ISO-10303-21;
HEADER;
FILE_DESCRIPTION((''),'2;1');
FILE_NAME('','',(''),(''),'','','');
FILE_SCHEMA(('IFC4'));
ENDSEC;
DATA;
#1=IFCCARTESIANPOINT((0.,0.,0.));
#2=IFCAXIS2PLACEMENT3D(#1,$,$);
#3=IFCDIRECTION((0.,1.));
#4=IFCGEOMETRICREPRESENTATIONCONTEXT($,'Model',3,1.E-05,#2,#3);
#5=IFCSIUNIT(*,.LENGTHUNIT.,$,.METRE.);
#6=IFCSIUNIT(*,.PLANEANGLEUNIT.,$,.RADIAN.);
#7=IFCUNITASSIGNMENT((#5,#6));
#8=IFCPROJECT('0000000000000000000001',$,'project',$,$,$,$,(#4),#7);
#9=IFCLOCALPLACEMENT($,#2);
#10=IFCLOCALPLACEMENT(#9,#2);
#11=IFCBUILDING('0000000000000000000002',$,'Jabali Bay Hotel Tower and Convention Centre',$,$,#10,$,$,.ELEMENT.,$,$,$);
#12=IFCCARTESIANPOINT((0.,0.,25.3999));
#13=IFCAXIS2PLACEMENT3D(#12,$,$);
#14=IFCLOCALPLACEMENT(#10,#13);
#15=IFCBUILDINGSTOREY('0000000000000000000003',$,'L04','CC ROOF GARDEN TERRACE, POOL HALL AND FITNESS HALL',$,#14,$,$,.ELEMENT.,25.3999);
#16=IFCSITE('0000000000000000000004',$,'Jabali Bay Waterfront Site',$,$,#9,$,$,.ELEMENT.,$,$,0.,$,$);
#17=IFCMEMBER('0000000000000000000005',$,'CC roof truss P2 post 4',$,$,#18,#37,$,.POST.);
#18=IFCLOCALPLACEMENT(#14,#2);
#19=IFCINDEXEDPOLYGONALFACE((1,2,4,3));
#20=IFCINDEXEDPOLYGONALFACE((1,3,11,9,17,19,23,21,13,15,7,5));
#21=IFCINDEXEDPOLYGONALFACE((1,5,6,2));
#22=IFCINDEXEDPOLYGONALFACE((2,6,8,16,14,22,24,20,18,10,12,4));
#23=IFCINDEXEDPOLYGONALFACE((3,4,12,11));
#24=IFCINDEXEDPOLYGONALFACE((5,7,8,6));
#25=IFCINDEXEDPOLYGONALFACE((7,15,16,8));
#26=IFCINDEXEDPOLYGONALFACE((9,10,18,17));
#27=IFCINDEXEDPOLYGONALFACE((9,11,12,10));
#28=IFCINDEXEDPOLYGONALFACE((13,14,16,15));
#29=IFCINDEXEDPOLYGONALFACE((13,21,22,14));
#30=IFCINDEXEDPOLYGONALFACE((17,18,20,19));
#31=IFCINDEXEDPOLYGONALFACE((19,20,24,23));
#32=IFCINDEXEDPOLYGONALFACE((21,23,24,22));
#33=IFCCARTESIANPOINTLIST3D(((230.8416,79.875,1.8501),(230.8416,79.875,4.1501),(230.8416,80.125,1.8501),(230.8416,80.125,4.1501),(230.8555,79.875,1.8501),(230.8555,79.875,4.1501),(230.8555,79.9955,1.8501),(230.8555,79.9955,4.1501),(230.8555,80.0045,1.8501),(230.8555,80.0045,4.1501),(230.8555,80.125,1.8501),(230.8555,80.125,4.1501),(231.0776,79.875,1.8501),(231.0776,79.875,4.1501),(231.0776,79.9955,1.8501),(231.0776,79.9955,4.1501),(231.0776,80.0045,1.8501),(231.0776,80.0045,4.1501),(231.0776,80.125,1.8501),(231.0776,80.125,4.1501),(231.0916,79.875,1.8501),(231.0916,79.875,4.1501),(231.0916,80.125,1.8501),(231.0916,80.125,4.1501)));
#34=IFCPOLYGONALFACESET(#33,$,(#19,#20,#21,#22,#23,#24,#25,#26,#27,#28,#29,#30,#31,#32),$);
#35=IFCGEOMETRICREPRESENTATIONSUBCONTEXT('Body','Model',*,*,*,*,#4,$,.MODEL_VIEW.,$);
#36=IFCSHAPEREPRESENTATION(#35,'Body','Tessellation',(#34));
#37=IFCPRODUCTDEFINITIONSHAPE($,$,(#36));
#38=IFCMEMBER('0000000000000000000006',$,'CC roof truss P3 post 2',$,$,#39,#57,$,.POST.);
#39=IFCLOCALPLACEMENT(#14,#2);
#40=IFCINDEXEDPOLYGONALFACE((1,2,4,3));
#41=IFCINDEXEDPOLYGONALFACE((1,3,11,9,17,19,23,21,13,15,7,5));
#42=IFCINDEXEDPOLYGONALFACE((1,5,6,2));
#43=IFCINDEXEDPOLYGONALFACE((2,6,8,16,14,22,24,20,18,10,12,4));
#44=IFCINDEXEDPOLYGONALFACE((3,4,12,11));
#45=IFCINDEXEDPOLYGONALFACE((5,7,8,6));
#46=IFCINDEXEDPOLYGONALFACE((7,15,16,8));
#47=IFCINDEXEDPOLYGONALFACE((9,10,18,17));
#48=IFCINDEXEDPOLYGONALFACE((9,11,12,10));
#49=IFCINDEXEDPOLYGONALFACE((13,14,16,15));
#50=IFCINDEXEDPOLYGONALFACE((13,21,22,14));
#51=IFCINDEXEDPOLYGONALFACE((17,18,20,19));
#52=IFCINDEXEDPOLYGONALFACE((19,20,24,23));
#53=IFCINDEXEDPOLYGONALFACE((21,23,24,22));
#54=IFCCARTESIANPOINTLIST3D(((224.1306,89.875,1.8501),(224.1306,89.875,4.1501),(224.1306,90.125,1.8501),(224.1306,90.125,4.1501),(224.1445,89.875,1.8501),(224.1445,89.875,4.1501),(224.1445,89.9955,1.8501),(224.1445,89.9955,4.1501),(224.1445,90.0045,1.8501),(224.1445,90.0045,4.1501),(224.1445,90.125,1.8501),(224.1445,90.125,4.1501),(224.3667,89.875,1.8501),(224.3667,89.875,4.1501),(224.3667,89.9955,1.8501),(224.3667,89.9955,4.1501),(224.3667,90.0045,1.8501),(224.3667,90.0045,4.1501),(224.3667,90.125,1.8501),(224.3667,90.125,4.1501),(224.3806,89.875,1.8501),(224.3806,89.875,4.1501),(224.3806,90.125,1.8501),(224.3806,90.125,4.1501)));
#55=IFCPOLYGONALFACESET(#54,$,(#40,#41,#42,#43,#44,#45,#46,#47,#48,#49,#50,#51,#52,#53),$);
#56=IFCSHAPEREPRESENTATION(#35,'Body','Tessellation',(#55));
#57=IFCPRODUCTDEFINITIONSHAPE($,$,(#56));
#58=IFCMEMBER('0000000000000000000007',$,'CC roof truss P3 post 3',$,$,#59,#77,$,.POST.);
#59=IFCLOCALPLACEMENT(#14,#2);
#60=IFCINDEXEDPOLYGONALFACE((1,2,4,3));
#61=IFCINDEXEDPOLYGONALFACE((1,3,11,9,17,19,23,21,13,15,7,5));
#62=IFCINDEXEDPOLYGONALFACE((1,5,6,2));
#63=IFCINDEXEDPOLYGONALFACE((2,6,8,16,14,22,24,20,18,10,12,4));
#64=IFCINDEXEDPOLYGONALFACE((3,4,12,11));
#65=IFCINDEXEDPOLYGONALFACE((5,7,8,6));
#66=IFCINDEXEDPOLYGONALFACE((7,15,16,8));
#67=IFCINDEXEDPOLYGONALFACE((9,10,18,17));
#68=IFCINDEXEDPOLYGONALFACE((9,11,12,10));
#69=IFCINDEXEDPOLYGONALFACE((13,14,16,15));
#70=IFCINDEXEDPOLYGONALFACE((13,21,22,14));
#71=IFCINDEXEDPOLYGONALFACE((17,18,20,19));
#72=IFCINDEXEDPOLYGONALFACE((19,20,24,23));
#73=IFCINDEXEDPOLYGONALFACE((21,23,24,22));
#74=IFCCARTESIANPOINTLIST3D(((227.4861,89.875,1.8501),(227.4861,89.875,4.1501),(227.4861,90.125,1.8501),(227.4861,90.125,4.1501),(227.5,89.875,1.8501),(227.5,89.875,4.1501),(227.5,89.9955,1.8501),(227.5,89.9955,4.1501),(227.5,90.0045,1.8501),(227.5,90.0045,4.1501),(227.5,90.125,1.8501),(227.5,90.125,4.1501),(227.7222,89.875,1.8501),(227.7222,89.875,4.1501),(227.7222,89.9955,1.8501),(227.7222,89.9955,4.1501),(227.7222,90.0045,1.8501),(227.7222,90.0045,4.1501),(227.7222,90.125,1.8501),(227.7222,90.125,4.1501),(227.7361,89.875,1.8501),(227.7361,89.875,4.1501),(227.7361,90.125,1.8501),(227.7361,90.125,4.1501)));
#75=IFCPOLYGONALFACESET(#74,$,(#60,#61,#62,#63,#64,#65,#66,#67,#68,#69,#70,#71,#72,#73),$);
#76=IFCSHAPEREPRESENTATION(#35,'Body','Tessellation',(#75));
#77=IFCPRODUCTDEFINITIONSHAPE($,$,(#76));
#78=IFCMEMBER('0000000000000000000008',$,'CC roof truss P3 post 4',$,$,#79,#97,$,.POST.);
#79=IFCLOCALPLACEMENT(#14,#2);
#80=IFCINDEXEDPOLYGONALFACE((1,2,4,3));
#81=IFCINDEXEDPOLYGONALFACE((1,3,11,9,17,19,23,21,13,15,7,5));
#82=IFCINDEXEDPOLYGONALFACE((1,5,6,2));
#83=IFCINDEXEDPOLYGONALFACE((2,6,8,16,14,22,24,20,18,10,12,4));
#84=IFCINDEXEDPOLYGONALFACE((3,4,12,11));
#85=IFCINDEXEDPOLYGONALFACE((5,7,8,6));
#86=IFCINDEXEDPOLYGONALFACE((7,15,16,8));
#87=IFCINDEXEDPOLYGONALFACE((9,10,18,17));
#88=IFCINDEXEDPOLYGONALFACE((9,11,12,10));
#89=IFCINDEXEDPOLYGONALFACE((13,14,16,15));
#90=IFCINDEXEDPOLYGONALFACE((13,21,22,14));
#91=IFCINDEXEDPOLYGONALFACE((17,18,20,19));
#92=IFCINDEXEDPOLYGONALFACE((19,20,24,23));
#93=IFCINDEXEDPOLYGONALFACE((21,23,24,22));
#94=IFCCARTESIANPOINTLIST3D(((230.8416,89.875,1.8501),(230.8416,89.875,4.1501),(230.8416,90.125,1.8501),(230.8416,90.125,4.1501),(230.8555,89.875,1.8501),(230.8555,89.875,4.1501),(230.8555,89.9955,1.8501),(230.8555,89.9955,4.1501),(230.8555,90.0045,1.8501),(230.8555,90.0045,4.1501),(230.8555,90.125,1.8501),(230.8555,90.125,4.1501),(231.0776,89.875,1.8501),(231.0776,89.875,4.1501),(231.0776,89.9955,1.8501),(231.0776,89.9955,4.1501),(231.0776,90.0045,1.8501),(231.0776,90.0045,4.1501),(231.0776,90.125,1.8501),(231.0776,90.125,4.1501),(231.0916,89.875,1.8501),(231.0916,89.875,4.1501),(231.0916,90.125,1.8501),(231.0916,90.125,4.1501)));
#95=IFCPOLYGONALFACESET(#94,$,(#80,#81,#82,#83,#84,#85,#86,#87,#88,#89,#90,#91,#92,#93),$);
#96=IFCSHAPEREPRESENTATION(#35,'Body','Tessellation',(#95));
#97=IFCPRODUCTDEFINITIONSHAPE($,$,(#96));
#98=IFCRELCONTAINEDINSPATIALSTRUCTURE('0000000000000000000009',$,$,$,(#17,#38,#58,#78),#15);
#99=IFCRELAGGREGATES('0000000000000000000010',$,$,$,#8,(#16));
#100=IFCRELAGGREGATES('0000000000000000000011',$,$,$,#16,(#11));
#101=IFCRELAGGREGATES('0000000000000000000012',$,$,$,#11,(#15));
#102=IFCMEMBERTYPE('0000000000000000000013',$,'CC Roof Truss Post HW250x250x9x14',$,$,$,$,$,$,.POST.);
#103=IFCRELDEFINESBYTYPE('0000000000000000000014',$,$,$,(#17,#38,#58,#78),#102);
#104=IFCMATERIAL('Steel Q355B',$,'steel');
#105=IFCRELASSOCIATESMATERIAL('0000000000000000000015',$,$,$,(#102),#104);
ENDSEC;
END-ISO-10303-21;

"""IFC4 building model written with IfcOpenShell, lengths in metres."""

from ifc_helpers import new_model, si_unit, direction, frame, origin, origin_2d, place, context, subcontext, project, spatial, i_section, extrude, material, material_profile, profile_set, type_object, element, save


model = new_model("IFC4")

# Units and contexts
model_context = context("Model", 3, precision=1e-05, world=origin(), true_north=direction((0.0, 1.0)))
body_context = subcontext(model_context, "Body", "Model", "MODEL_VIEW")
ifc_project = project(units=[si_unit("LENGTHUNIT", "METRE"), si_unit("PLANEANGLEUNIT", "RADIAN")], contexts=[model_context])

# Site, building, storey
site_placement = place(None, origin())
site = spatial("IfcSite", under=ifc_project, at=site_placement, Name="Jabali Bay Waterfront Site", CompositionType="ELEMENT", RefElevation=0.0)
building_placement = place(site_placement, origin())
building = spatial("IfcBuilding", under=site, at=building_placement, Name="Jabali Bay Hotel Tower and Convention Centre", CompositionType="ELEMENT")
storey_placement = place(building_placement, frame((0.0, 0.0, 25.3999)))
storey = spatial("IfcBuildingStorey", under=building, at=storey_placement, Name="L04", Description="CC ROOF GARDEN TERRACE, POOL HALL AND FITNESS HALL", CompositionType="ELEMENT", Elevation=25.3999)

# Members
ifc_material = material(Name="Steel Q355B", Category="steel")
ifc_material_profile_1 = material_profile(ifc_material, i_section(OverallWidth=0.25, OverallDepth=0.25, WebThickness=0.009, FlangeThickness=0.0139, at=origin_2d()), Name="HW250x250x9x14")
ifc_profile_set_1 = profile_set([ifc_material_profile_1], Name="Steel Q355B")
member_type_1 = type_object("IfcMemberType", Name="CC Roof Truss Post HW250x250x9x14", PredefinedType="POST", material=ifc_profile_set_1)
for number, where, z_axis, x_axis, name in (
    (1, (230.9666, 80.0, 1.8501), (0.0, 0.0, 1.0), (0.0, 1.0, 0.0), "CC roof truss P2 post 4"),
    (2, (224.2556, 90.0, 1.8501), (0.0, 0.0, 1.0), (0.0, 1.0, 0.0), "CC roof truss P3 post 2"),
    (3, (227.6111, 90.0, 1.8501), (0.0, 0.0, 1.0), (0.0, 1.0, 0.0), "CC roof truss P3 post 3"),
    (4, (230.9666, 90.0, 1.8501), (0.0, 0.0, 1.0), (0.0, 1.0, 0.0), "CC roof truss P3 post 4"),
):
    element("IfcMember", number, at=place(storey_placement, frame(where, z_axis=z_axis, x_axis=x_axis)), inside=storey, type_object=member_type_1, Name=name, PredefinedType="POST", context=body_context, shape_type="SweptSolid", body=[
        extrude(i_section(OverallWidth=0.25, OverallDepth=0.25, WebThickness=0.009, FlangeThickness=0.0139, at=origin_2d()), origin(), (0.0, 0.0, 1.0), 2.3),
    ])

save(model, "model.ifc")
